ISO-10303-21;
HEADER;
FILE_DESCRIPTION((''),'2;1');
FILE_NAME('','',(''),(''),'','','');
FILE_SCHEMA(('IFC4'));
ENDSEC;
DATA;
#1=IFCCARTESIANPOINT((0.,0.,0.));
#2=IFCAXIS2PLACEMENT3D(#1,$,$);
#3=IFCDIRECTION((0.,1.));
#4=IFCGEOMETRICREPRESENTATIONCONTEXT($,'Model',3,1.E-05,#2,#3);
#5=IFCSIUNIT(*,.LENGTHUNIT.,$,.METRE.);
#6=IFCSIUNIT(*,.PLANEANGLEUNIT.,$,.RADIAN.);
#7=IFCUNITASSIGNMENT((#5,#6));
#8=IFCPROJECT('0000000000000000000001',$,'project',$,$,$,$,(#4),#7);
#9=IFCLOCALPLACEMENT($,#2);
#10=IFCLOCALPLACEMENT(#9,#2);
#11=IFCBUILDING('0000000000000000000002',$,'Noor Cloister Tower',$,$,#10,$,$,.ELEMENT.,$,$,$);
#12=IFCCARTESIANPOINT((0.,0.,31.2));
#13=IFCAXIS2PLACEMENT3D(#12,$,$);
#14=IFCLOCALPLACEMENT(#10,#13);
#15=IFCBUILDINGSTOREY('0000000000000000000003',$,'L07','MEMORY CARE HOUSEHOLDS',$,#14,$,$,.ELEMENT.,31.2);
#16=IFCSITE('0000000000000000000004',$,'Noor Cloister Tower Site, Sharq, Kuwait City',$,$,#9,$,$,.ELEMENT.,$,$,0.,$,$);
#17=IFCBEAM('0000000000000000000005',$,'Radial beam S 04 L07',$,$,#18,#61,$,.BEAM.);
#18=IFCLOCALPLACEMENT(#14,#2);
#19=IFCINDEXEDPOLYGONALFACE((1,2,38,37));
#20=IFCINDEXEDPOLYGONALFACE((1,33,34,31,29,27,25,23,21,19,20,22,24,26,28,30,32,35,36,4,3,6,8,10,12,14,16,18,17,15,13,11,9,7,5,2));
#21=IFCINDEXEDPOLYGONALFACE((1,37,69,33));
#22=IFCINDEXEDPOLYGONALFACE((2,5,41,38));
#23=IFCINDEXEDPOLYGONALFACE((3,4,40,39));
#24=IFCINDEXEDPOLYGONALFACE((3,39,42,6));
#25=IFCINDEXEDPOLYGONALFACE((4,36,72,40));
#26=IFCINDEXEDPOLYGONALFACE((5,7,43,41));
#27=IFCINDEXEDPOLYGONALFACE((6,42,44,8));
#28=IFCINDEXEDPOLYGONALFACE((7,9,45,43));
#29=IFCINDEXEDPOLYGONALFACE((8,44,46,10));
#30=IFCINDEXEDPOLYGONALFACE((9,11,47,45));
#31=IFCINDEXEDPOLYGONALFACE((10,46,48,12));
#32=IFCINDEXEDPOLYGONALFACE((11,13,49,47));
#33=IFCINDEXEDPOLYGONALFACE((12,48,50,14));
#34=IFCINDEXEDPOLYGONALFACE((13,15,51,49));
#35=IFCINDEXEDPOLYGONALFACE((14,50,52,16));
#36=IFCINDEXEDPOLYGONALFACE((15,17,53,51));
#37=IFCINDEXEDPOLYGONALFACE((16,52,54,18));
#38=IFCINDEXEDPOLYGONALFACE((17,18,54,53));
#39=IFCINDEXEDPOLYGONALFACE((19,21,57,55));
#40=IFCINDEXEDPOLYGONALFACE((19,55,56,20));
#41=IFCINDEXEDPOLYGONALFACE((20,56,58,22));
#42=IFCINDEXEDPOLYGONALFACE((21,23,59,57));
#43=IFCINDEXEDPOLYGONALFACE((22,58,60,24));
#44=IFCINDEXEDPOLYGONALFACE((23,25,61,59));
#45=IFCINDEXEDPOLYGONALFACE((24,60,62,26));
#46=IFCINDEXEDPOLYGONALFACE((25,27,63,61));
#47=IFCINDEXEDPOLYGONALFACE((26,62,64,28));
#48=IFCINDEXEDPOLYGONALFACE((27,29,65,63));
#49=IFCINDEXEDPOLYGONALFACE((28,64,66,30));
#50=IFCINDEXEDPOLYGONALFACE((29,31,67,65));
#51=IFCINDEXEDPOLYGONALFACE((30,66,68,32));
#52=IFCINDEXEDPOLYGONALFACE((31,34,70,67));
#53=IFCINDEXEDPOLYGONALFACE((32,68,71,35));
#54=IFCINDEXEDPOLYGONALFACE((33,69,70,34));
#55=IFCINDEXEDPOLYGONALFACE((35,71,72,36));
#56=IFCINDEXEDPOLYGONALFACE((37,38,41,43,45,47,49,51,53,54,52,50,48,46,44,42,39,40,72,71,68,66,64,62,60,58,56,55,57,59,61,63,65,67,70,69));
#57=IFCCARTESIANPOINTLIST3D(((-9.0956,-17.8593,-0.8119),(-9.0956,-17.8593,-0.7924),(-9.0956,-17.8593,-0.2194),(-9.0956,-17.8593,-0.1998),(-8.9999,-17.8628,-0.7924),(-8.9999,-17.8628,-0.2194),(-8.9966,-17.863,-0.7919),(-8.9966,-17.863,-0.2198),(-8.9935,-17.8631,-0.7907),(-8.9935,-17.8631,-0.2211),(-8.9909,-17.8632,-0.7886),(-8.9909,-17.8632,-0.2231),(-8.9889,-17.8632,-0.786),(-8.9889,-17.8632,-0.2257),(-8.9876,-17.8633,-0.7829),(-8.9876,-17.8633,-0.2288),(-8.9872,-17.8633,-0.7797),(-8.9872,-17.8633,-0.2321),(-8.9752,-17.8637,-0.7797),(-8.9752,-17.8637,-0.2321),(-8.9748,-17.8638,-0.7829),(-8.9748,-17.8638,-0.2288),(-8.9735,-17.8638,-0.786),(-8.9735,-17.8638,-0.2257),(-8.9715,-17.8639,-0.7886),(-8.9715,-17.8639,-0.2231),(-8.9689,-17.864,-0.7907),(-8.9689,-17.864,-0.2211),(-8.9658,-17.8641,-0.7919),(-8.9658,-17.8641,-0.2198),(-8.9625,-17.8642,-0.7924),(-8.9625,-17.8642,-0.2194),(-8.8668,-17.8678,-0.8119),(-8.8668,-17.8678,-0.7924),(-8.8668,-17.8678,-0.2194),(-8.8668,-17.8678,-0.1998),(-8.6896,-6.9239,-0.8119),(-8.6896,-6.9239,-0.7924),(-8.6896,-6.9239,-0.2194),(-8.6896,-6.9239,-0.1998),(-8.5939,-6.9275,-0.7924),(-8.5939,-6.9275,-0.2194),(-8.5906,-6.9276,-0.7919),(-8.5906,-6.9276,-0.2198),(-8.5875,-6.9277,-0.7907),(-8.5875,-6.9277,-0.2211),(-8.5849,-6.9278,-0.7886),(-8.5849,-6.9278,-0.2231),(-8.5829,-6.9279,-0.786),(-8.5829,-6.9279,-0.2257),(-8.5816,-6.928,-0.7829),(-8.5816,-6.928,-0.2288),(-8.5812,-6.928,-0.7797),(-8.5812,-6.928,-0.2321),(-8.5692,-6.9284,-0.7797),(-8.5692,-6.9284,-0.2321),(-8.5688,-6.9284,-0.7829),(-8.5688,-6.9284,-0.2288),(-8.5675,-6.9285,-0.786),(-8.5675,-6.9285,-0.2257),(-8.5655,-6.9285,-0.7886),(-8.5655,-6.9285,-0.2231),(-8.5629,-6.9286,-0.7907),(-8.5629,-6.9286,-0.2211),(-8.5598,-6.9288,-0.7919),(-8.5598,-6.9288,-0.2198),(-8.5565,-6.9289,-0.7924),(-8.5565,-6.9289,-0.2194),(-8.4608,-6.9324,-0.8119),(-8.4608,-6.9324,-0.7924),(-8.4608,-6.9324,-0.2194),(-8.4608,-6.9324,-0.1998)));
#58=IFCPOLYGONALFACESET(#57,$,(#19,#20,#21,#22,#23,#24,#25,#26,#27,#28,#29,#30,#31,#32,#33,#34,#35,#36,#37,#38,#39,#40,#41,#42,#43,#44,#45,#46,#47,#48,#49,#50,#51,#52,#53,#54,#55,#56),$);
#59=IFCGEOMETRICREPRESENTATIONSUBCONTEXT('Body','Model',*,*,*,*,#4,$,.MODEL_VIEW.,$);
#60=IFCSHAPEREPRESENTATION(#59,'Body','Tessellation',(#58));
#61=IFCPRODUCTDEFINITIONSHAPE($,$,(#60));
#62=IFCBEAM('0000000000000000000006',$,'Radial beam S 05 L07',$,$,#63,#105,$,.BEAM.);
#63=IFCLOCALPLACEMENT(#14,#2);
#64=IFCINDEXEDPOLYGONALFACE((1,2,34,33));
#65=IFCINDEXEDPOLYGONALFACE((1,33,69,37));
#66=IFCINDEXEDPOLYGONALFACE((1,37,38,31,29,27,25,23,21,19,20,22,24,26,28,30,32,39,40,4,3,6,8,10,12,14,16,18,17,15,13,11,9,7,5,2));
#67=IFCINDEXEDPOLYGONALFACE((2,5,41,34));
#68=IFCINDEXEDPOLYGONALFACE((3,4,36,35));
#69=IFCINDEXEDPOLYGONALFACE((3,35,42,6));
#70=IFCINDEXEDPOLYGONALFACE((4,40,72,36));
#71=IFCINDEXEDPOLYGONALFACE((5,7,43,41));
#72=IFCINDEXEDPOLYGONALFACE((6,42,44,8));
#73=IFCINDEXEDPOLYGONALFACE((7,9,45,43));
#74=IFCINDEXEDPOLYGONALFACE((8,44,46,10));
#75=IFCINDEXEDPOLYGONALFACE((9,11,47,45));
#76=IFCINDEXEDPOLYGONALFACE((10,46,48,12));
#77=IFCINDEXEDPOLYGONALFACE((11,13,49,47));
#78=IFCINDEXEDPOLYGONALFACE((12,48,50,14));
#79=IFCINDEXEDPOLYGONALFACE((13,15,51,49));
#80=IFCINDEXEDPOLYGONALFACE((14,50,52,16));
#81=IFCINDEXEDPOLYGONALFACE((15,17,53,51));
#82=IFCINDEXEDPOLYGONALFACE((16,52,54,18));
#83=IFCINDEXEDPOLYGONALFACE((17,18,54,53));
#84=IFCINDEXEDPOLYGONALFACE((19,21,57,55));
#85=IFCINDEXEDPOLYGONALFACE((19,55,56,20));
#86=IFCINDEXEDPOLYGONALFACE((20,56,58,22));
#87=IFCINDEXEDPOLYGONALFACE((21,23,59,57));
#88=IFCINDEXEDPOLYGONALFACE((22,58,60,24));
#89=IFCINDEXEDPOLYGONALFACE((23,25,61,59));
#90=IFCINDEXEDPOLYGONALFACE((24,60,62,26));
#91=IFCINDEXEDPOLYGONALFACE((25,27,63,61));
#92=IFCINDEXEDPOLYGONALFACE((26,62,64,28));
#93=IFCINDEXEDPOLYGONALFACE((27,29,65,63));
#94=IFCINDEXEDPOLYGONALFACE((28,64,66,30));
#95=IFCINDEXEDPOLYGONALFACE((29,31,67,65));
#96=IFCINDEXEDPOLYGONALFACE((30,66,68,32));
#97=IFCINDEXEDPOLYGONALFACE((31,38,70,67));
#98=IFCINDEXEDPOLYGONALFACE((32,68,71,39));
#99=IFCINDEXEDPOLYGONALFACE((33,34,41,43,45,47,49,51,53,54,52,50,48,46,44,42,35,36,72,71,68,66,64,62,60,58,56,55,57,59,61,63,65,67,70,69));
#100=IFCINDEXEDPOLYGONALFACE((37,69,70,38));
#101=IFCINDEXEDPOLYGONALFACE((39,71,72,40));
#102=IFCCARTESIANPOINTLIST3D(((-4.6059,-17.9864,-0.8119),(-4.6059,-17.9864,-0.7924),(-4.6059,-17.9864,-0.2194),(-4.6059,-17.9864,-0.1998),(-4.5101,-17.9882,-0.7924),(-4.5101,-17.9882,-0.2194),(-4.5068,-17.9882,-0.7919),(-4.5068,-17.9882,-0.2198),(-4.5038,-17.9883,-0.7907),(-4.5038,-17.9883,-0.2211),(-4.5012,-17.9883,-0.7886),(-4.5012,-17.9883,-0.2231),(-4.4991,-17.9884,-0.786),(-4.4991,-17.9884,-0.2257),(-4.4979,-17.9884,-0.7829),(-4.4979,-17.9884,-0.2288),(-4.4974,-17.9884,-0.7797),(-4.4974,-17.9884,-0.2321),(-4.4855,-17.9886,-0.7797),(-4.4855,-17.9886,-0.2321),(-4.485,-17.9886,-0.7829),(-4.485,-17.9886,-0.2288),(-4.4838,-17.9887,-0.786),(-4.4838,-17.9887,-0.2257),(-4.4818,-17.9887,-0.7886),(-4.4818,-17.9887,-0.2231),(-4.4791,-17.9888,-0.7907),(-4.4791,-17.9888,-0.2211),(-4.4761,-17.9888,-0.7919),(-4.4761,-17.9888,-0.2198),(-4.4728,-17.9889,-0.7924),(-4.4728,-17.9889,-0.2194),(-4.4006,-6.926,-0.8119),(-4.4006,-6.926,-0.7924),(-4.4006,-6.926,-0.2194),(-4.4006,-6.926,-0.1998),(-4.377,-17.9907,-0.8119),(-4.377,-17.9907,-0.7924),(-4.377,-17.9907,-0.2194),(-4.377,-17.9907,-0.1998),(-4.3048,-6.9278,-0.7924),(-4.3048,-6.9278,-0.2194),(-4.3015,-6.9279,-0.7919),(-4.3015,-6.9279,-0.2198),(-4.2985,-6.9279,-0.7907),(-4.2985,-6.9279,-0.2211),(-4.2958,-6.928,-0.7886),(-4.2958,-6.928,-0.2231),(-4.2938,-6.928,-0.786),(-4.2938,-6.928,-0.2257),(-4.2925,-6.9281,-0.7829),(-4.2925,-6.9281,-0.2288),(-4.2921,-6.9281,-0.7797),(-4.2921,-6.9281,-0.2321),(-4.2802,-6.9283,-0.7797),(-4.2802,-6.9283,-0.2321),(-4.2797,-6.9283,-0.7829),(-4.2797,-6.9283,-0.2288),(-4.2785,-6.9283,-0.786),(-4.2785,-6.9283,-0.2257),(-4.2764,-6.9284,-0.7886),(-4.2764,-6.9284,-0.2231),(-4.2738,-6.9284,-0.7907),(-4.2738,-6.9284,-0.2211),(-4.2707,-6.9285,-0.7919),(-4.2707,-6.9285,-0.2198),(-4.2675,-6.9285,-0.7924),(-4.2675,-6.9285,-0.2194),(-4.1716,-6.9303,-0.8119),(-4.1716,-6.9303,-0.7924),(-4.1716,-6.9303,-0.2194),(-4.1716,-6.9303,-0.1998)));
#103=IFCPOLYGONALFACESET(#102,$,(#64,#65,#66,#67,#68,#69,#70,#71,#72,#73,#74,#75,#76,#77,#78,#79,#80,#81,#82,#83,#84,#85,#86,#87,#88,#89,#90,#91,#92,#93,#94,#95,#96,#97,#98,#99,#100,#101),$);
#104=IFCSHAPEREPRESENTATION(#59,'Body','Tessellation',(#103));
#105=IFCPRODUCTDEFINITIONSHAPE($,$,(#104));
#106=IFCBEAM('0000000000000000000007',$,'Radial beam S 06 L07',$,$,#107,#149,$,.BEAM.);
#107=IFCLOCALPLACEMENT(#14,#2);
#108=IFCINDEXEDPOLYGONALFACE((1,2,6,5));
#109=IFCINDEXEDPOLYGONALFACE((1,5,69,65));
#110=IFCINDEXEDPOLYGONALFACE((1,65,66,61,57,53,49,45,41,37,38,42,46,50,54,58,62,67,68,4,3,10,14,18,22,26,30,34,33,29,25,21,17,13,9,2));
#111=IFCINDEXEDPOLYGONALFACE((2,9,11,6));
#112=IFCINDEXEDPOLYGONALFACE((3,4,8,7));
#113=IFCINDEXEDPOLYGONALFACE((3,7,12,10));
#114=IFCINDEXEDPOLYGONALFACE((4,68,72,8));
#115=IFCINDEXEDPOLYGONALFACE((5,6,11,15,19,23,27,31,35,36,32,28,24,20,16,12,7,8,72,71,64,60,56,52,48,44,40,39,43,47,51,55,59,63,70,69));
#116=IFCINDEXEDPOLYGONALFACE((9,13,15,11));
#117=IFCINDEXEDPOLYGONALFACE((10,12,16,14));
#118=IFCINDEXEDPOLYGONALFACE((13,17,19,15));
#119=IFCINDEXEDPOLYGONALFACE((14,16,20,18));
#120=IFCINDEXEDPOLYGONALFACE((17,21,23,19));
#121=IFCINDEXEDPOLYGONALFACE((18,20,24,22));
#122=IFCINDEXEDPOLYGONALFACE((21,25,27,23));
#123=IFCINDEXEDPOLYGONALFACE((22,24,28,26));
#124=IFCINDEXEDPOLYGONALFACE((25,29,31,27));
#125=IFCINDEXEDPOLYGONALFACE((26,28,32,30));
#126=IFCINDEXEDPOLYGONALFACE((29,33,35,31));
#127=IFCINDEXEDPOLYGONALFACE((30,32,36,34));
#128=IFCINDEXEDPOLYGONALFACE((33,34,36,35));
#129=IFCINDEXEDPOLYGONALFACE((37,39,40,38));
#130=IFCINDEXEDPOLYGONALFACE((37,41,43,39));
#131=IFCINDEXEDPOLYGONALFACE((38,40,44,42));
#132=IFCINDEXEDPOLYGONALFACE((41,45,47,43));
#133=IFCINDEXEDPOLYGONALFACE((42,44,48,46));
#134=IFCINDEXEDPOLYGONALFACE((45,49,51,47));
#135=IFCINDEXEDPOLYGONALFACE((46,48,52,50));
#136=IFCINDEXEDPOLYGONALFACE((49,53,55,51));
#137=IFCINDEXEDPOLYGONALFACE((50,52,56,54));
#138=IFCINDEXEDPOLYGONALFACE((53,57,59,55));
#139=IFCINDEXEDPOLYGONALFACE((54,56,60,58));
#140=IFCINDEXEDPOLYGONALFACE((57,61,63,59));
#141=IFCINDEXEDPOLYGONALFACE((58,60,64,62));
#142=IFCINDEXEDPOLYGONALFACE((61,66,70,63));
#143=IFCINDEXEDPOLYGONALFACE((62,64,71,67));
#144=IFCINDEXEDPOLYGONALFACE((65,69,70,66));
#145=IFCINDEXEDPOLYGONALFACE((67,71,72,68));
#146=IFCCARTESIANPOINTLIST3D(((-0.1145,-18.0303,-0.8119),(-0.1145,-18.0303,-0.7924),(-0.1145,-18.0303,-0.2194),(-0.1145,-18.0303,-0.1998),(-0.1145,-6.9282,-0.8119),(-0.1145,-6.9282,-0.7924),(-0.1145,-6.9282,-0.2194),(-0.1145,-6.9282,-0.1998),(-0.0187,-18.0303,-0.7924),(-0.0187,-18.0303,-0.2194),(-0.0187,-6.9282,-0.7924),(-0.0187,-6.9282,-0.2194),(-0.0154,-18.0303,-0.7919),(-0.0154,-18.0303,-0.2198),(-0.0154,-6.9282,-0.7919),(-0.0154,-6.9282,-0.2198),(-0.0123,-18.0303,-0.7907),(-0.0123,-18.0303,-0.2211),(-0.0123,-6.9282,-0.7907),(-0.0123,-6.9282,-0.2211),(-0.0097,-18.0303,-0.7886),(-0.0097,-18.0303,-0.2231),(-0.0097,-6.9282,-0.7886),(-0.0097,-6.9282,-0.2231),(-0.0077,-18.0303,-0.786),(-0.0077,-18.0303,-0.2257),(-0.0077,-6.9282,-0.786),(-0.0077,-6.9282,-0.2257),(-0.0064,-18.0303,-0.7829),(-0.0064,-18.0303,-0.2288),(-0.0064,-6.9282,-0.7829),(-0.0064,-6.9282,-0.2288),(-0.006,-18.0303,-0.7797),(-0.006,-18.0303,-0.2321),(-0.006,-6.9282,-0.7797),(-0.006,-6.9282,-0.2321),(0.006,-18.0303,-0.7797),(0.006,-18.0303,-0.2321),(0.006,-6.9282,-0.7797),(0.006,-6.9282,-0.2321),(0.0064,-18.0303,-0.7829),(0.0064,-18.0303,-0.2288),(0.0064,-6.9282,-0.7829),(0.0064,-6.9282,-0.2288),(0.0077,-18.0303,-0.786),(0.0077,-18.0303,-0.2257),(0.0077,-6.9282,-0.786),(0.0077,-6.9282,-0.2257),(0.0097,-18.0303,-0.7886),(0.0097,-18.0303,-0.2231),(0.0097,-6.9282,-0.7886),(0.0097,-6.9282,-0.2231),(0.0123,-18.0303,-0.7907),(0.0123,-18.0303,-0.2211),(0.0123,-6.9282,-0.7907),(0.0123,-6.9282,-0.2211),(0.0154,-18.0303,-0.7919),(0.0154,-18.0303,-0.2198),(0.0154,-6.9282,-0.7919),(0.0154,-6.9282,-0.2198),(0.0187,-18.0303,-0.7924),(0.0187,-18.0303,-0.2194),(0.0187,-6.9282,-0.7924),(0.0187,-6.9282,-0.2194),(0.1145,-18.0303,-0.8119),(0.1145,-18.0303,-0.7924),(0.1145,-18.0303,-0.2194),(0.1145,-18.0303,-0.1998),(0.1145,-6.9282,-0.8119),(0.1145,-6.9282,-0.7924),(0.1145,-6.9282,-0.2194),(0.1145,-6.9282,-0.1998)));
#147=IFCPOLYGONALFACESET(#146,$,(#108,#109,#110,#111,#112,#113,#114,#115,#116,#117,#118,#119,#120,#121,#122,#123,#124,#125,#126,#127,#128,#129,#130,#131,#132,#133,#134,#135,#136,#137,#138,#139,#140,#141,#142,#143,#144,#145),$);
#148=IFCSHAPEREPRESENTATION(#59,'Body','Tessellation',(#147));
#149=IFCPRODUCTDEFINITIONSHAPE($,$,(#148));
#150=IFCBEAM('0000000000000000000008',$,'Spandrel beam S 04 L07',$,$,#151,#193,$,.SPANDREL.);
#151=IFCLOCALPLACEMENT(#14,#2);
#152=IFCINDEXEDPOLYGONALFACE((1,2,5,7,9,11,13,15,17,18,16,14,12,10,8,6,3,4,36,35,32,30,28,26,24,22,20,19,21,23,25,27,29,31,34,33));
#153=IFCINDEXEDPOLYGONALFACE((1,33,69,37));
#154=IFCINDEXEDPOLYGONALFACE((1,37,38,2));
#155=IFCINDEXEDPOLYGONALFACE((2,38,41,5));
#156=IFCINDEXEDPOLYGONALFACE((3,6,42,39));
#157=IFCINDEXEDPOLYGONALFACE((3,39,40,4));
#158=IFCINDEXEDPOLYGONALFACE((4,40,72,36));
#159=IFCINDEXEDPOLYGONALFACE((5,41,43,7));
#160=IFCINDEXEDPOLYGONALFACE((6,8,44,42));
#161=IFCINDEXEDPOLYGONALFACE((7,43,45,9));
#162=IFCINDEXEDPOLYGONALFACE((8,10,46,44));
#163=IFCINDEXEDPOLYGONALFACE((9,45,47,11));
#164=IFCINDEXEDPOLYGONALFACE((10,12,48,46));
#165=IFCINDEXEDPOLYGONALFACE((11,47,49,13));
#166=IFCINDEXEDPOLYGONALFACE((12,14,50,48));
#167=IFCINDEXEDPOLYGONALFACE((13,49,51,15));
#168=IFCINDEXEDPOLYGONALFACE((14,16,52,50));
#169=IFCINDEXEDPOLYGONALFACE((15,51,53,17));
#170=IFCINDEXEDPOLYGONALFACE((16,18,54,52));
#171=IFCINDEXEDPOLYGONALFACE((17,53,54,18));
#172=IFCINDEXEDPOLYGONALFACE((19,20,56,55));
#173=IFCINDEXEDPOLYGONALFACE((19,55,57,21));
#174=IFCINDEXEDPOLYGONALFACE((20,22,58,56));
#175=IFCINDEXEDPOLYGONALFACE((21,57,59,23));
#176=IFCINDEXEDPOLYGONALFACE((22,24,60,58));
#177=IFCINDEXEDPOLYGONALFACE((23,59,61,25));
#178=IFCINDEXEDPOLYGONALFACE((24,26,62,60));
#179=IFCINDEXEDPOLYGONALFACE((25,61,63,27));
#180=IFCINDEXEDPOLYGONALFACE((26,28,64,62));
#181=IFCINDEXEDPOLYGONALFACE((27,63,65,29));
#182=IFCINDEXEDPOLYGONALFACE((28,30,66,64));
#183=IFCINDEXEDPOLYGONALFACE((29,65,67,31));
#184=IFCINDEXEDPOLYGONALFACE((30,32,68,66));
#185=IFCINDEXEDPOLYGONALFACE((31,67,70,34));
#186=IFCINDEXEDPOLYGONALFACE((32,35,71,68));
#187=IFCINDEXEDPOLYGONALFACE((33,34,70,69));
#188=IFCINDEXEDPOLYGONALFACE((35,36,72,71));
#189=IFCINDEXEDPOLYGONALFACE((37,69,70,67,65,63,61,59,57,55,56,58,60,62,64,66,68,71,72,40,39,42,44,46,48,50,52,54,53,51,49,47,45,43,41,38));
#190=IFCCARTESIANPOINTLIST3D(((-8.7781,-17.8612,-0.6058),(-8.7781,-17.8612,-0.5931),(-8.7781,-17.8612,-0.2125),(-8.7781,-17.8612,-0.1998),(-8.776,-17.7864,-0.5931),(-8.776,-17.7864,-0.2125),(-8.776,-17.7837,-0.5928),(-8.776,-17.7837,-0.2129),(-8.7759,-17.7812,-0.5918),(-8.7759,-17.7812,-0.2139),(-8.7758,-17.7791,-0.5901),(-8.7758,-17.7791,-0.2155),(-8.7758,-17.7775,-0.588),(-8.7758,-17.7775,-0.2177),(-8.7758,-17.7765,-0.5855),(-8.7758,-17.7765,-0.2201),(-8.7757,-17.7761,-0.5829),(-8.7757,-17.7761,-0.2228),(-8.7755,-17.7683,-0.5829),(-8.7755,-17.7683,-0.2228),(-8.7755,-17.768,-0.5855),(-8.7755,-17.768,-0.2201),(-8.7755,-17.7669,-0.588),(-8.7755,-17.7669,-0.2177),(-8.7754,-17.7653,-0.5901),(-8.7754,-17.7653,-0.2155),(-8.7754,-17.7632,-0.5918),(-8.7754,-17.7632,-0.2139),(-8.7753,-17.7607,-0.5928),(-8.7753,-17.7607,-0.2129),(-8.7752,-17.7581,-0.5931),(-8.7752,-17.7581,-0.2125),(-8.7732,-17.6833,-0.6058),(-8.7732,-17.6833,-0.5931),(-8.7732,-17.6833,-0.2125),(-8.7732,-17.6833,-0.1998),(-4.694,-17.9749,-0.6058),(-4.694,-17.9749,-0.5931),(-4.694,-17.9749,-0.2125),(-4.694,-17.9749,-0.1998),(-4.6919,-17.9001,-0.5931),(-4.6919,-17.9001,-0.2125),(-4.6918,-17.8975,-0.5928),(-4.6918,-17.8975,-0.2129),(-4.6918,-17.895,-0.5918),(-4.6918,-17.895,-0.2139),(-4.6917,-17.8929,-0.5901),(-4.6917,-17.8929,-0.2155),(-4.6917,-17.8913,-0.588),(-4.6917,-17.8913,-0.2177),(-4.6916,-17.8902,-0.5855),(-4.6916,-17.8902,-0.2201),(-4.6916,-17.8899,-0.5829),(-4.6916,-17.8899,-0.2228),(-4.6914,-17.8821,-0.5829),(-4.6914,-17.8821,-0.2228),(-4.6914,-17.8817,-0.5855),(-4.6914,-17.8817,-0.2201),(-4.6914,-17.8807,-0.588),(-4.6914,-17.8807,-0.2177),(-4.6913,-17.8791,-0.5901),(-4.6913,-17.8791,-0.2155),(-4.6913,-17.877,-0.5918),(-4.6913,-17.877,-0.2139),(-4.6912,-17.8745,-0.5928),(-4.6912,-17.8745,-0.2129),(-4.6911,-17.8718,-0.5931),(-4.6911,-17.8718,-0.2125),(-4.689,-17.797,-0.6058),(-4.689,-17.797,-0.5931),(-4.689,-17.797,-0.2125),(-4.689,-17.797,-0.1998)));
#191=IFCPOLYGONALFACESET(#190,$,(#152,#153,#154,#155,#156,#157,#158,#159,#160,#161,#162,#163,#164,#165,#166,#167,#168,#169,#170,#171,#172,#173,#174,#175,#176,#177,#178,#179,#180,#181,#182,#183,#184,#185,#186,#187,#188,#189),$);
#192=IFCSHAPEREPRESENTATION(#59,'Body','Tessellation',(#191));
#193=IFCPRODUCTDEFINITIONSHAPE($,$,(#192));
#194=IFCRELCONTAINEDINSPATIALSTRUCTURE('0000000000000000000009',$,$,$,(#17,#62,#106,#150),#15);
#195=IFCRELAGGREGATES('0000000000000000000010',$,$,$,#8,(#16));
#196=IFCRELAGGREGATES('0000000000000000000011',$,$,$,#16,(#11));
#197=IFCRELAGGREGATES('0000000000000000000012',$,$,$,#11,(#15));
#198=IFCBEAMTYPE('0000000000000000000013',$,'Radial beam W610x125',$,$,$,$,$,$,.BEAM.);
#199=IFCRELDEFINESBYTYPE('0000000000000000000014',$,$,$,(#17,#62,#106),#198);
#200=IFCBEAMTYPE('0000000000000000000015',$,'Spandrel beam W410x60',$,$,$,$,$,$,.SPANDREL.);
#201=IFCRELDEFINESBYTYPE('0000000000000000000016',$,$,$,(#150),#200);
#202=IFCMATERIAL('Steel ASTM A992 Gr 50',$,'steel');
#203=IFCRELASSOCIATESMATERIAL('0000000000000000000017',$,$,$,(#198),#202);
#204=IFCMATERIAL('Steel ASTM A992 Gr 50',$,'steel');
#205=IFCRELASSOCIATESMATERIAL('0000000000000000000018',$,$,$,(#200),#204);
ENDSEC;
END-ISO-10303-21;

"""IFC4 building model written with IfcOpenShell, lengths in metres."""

from ifc_helpers import new_model, si_unit, direction, frame, origin, origin_2d, place, context, subcontext, project, spatial, i_section, extrude, material, material_profile, profile_set, type_object, element, save


model = new_model("IFC4")

# Units and contexts
model_context = context("Model", 3, precision=1e-05, world=origin(), true_north=direction((0.0, 1.0)))
body_context = subcontext(model_context, "Body", "Model", "MODEL_VIEW")
ifc_project = project(units=[si_unit("LENGTHUNIT", "METRE"), si_unit("PLANEANGLEUNIT", "RADIAN")], contexts=[model_context])

# Site, building, storey
site_placement = place(None, origin())
site = spatial("IfcSite", under=ifc_project, at=site_placement, Name="Noor Cloister Tower Site, Sharq, Kuwait City", CompositionType="ELEMENT", RefElevation=0.0)
building_placement = place(site_placement, origin())
building = spatial("IfcBuilding", under=site, at=building_placement, Name="Noor Cloister Tower", CompositionType="ELEMENT")
storey_placement = place(building_placement, frame((0.0, 0.0, 31.2)))
storey = spatial("IfcBuildingStorey", under=building, at=storey_placement, Name="L07", Description="MEMORY CARE HOUSEHOLDS", CompositionType="ELEMENT", Elevation=31.2)

# Beams
ifc_material_1 = material(Name="Steel ASTM A992 Gr 50", Category="steel")
ifc_material_profile_1 = material_profile(ifc_material_1, i_section(OverallWidth=0.229, OverallDepth=0.6121, WebThickness=0.012, FlangeThickness=0.0195, FilletRadius=0.0127, at=origin_2d()), Name="W610x125")
ifc_profile_set_1 = profile_set([ifc_material_profile_1], Name="Steel ASTM A992 Gr 50")
beam_type_1 = type_object("IfcBeamType", Name="Radial beam W610x125", PredefinedType="BEAM", material=ifc_profile_set_1)
beam_1_placement = place(storey_placement, frame((-8.9812, -17.8635, -0.5059), z_axis=(0.037102, 0.999311, 0.0), x_axis=(-0.999311, 0.037102, 0.0)))
element("IfcBeam", 1, at=beam_1_placement, inside=storey, type_object=beam_type_1, Name="Radial beam S 04 L07", PredefinedType="BEAM", context=body_context, shape_type="SweptSolid", body=[
    extrude(i_section(OverallWidth=0.229, OverallDepth=0.6121, WebThickness=0.012, FlangeThickness=0.0195, FilletRadius=0.0127, at=origin_2d()), origin(), (0.0, 0.0, 1.0), 10.9429),
])
beam_2_placement = place(storey_placement, frame((-4.4915, -17.9885, -0.5059), z_axis=(0.018561, 0.999828, 0.0), x_axis=(-0.999828, 0.018561, 0.0)))
element("IfcBeam", 2, at=beam_2_placement, inside=storey, type_object=beam_type_1, Name="Radial beam S 05 L07", PredefinedType="BEAM", context=body_context, shape_type="SweptSolid", body=[
    extrude(i_section(OverallWidth=0.229, OverallDepth=0.6121, WebThickness=0.012, FlangeThickness=0.0195, FilletRadius=0.0127, at=origin_2d()), origin(), (0.0, 0.0, 1.0), 11.0623),
])
beam_3_placement = place(storey_placement, frame((0.0, -18.0303, -0.5059), z_axis=(0.0, 1.0, 0.0), x_axis=(-1.0, 0.0, 0.0)))
element("IfcBeam", 3, at=beam_3_placement, inside=storey, type_object=beam_type_1, Name="Radial beam S 06 L07", PredefinedType="BEAM", context=body_context, shape_type="SweptSolid", body=[
    extrude(i_section(OverallWidth=0.229, OverallDepth=0.6121, WebThickness=0.012, FlangeThickness=0.0195, FilletRadius=0.0127, at=origin_2d()), origin(), (0.0, 0.0, 1.0), 11.1021),
])
ifc_material_2 = material(Name="Steel ASTM A992 Gr 50", Category="steel")
ifc_material_profile_2 = material_profile(ifc_material_2, i_section(OverallWidth=0.178, OverallDepth=0.406, WebThickness=0.0078, FlangeThickness=0.0127, FilletRadius=0.0103, at=origin_2d()), Name="W410x60")
ifc_profile_set_2 = profile_set([ifc_material_profile_2], Name="Steel ASTM A992 Gr 50")
beam_type_2 = type_object("IfcBeamType", Name="Spandrel beam W410x60", PredefinedType="SPANDREL", material=ifc_profile_set_2)
beam_4_placement = place(storey_placement, frame((-8.7756, -17.7722, -0.4028), z_axis=(0.999612, -0.027845, 0.0), x_axis=(0.027845, 0.999612, 0.0)))
element("IfcBeam", 4, at=beam_4_placement, inside=storey, type_object=beam_type_2, Name="Spandrel beam S 04 L07", PredefinedType="SPANDREL", context=body_context, shape_type="SweptSolid", body=[
    extrude(i_section(OverallWidth=0.178, OverallDepth=0.406, WebThickness=0.0078, FlangeThickness=0.0127, FilletRadius=0.0103, at=origin_2d()), origin(), (0.0, 0.0, 1.0), 4.0857),
])

save(model, "model.ifc")
